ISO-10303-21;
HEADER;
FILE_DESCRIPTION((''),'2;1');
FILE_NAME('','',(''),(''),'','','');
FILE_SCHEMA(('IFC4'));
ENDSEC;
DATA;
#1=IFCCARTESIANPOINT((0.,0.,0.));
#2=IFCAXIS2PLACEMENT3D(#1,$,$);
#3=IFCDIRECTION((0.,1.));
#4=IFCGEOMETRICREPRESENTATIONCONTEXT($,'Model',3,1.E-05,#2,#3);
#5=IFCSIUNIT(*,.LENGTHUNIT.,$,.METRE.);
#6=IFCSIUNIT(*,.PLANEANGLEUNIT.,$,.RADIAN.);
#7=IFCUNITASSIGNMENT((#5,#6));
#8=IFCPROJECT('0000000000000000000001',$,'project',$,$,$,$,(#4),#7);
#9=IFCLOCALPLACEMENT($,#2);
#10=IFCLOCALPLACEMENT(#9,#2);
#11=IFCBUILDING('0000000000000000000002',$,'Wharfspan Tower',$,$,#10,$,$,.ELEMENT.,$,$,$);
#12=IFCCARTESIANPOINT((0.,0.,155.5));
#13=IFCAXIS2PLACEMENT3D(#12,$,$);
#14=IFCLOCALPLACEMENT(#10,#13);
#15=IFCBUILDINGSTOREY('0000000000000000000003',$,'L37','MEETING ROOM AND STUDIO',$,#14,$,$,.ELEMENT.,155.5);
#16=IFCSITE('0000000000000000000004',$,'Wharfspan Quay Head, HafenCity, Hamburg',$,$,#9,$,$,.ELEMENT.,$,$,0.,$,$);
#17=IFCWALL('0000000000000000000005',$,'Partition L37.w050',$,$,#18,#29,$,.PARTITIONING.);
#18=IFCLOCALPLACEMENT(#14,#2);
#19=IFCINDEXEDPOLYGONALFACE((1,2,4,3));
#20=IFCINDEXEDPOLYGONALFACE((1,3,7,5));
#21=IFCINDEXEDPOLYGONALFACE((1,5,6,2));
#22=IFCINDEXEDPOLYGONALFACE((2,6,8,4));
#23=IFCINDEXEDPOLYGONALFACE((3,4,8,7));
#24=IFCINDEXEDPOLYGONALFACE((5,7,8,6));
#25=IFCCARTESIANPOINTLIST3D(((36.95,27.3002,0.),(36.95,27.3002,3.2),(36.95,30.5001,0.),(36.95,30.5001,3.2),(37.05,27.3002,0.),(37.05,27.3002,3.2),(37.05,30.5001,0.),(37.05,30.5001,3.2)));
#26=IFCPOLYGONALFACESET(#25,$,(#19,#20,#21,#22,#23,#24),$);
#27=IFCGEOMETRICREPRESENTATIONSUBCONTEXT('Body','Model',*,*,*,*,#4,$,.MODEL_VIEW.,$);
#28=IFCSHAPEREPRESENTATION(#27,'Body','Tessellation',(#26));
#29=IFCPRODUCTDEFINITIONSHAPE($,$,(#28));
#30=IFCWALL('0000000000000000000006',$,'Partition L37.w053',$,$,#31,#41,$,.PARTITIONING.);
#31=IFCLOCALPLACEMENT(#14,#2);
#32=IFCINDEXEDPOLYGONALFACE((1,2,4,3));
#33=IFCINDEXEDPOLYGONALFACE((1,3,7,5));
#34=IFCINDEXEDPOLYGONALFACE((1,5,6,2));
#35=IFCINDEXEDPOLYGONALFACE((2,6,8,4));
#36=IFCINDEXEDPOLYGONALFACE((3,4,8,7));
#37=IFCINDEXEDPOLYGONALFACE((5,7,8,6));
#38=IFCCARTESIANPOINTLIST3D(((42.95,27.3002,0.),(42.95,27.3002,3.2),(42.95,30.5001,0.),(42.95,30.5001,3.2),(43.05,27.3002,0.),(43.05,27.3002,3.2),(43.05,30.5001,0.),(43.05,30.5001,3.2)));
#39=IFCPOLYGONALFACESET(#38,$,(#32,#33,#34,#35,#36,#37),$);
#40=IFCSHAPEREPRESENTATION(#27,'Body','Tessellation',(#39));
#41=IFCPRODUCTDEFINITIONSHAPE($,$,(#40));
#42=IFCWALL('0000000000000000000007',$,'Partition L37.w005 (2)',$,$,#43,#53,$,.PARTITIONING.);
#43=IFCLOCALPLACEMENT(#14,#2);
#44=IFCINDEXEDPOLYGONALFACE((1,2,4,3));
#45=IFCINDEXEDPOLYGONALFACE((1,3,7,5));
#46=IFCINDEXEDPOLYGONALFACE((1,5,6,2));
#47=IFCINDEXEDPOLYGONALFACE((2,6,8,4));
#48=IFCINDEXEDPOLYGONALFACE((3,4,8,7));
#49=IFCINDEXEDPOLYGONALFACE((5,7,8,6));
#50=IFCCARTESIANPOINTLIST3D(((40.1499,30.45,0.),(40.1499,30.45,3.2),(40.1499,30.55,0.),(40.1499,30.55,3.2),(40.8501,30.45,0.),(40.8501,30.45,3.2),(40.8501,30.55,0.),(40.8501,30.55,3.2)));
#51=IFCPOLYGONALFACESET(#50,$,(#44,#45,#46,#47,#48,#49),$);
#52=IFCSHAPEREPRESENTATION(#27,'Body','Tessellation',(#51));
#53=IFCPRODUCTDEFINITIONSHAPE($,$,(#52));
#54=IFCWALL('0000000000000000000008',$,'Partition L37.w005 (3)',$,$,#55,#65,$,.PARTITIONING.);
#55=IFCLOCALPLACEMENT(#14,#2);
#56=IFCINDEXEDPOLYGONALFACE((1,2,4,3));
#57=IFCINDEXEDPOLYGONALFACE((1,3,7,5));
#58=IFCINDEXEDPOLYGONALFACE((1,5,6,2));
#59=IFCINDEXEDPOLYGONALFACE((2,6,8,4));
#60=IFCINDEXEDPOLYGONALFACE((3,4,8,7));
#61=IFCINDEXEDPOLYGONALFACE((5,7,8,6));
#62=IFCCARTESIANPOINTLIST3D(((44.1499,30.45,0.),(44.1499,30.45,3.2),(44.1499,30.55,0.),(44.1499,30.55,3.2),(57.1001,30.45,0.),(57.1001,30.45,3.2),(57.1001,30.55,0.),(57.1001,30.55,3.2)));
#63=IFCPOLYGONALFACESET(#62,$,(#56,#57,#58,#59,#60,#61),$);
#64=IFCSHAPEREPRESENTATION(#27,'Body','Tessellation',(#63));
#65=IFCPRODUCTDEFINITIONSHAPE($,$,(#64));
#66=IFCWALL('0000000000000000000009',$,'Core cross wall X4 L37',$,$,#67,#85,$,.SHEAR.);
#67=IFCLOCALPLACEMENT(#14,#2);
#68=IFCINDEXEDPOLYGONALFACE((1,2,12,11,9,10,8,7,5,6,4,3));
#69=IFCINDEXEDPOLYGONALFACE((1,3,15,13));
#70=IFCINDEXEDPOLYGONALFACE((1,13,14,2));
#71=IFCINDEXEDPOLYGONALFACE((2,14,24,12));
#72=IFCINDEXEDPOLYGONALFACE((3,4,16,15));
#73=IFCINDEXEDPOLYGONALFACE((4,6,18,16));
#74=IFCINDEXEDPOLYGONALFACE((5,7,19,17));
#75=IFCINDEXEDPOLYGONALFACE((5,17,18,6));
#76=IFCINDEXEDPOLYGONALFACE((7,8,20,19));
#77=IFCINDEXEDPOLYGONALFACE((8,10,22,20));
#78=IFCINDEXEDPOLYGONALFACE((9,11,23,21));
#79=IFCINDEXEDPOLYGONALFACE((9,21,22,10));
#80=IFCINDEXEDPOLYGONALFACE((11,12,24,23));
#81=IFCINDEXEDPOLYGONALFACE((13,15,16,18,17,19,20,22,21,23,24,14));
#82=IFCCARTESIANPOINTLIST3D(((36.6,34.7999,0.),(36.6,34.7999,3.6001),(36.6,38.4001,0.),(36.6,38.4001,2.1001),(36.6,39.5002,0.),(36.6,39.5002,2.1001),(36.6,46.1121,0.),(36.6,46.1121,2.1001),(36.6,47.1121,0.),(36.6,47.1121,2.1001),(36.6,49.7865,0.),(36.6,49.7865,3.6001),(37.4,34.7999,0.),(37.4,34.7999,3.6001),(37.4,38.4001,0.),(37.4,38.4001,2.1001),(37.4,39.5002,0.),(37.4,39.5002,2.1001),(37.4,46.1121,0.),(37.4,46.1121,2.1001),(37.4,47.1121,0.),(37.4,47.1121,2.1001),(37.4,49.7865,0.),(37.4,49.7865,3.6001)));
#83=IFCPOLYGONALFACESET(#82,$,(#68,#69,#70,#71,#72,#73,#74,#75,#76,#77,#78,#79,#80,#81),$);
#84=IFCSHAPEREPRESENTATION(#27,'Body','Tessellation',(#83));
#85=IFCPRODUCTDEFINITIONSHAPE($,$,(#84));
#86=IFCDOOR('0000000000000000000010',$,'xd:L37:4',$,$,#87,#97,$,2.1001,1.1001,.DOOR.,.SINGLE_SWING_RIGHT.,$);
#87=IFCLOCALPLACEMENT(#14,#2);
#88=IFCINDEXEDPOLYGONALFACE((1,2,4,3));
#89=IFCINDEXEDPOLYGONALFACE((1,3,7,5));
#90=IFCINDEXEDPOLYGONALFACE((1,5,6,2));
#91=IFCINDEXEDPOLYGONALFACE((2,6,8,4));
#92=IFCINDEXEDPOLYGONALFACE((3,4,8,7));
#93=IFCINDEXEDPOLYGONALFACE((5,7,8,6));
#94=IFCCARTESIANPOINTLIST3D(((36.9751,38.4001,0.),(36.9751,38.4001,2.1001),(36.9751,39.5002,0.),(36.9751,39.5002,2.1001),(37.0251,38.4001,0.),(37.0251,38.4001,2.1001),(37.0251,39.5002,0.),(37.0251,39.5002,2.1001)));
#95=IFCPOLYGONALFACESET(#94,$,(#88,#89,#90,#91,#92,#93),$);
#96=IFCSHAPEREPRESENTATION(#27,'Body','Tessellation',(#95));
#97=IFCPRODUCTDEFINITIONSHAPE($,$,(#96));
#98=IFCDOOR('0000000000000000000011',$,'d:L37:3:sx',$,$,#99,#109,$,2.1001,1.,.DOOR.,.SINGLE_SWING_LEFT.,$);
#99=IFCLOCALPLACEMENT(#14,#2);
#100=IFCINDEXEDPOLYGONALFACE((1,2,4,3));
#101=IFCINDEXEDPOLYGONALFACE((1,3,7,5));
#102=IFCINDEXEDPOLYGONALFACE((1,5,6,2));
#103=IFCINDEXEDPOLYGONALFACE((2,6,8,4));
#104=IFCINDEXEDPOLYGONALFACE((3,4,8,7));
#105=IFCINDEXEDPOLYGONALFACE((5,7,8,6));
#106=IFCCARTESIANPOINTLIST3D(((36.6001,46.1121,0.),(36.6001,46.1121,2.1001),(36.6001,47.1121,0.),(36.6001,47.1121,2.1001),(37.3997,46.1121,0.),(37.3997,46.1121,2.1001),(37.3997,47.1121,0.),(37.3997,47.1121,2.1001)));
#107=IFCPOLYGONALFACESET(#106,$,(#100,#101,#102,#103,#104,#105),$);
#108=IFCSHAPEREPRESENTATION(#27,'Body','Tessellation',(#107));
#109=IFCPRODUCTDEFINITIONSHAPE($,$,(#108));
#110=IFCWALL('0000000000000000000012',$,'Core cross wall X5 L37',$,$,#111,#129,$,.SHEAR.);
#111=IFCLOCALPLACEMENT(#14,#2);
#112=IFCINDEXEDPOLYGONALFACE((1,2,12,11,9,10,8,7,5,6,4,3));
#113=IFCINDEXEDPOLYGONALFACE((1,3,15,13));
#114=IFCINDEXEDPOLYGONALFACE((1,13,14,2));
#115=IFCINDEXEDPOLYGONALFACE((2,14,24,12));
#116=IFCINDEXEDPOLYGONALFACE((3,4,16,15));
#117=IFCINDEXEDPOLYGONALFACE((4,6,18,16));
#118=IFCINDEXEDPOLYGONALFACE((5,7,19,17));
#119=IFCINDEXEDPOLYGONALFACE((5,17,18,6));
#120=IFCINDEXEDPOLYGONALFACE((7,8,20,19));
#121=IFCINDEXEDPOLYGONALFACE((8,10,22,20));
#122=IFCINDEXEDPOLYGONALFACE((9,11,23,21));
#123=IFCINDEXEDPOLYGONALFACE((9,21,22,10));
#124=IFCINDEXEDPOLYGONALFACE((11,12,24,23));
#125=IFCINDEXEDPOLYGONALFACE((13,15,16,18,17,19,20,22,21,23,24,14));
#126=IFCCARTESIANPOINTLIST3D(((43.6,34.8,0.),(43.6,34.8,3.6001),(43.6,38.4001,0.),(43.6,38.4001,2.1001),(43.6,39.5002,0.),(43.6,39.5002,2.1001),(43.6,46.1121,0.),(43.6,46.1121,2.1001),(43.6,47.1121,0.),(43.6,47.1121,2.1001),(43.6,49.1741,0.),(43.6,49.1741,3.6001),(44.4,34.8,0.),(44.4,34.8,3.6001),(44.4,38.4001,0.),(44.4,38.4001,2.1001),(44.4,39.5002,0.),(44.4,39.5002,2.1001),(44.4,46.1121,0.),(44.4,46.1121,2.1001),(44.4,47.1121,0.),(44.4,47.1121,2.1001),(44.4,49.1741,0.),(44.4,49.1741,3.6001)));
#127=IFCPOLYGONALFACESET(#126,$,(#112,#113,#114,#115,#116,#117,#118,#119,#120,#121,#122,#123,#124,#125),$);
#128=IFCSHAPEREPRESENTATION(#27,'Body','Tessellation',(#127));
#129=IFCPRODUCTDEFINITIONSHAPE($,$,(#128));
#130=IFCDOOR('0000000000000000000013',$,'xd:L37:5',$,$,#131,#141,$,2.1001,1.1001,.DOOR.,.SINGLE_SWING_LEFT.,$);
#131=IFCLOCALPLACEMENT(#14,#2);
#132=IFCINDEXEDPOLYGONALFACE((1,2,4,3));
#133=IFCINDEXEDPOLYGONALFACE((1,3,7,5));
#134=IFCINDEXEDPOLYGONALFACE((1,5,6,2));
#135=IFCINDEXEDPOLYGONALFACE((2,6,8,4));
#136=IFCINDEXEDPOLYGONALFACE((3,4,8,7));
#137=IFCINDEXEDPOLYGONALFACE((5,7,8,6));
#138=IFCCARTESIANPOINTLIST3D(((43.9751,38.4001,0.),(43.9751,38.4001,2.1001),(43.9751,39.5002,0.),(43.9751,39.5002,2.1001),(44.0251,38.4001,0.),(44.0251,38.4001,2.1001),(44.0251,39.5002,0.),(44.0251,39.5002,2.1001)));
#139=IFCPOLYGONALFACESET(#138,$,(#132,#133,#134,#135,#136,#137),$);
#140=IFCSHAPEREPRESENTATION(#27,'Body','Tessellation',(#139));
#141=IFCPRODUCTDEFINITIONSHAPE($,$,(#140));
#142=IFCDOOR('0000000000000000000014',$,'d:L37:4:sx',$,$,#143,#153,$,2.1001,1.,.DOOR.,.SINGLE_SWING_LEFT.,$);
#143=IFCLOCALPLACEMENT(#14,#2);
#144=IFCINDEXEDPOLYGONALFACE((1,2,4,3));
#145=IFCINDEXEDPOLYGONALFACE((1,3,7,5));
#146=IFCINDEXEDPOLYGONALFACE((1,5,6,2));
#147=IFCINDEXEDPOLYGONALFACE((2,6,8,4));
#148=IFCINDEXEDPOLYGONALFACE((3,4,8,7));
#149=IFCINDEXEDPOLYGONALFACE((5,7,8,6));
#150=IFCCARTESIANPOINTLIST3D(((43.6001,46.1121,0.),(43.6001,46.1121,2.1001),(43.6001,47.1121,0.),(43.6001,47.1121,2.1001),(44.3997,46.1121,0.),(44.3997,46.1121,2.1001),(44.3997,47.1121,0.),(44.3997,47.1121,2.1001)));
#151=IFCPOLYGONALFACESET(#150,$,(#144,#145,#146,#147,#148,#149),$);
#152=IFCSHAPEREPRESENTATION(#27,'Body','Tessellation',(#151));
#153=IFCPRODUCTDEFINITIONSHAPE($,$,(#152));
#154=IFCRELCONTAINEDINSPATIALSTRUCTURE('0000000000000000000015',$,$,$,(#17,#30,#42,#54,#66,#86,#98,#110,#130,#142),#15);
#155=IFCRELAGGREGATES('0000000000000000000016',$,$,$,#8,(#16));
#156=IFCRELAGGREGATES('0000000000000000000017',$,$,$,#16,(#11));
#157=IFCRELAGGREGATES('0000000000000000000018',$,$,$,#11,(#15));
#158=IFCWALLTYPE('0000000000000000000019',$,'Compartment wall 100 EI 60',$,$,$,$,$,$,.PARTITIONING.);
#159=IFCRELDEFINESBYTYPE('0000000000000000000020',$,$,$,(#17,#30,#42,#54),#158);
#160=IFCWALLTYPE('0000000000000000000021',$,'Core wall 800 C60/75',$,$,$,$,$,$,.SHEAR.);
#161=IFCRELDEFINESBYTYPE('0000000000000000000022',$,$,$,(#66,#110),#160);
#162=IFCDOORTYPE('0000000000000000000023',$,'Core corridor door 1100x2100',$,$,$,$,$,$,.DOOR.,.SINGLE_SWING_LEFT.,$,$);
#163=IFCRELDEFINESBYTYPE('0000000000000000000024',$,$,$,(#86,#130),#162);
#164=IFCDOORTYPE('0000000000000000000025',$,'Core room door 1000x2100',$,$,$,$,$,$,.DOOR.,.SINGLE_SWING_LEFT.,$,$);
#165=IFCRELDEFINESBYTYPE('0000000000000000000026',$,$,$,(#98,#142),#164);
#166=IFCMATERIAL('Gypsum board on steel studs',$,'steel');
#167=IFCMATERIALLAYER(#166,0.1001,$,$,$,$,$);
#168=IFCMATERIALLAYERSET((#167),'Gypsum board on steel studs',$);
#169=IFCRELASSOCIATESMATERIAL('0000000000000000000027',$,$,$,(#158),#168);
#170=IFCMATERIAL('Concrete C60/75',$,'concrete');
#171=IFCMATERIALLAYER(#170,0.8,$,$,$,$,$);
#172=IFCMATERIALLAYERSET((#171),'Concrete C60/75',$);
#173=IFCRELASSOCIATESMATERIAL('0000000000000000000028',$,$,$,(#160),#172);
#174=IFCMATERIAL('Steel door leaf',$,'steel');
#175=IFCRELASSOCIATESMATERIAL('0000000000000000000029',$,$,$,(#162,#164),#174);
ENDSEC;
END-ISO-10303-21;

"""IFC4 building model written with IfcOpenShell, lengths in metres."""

from ifc_helpers import new_model, si_unit, direction, frame, frame_2d, origin, place, context, subcontext, project, spatial, rectangle, extrude, material, layer, layer_set, type_object, element, fill, save


model = new_model("IFC4")

# Units and contexts
model_context = context("Model", 3, precision=1e-05, world=origin(), true_north=direction((0.0, 1.0)))
body_context = subcontext(model_context, "Body", "Model", "MODEL_VIEW")
ifc_project = project(units=[si_unit("LENGTHUNIT", "METRE"), si_unit("PLANEANGLEUNIT", "RADIAN")], contexts=[model_context])

# Site, building, storey
site_placement = place(None, origin())
site = spatial("IfcSite", under=ifc_project, at=site_placement, Name="Wharfspan Quay Head, HafenCity, Hamburg", CompositionType="ELEMENT", RefElevation=0.0)
building_placement = place(site_placement, origin())
building = spatial("IfcBuilding", under=site, at=building_placement, Name="Wharfspan Tower", CompositionType="ELEMENT")
storey_placement = place(building_placement, frame((0.0, 0.0, 155.5)))
storey = spatial("IfcBuildingStorey", under=building, at=storey_placement, Name="L37", Description="MEETING ROOM AND STUDIO", CompositionType="ELEMENT", Elevation=155.5)

# Walls
ifc_material_1 = material(Name="Gypsum board on steel studs", Category="steel")
ifc_layer_1 = layer(ifc_material_1, 0.1001)
ifc_layer_set_1 = layer_set([ifc_layer_1], Name="Gypsum board on steel studs")
wall_type_1 = type_object("IfcWallType", Name="Compartment wall 100 EI 60", PredefinedType="PARTITIONING", material=ifc_layer_set_1)
for number, where, z_axis, x_axis, name in (
    (1, (37.0, 27.3, 0.0), (0.0, 0.0, 1.0), (0.0, 1.0, 0.0), "Partition L37.w050"),
    (2, (43.0, 27.3, 0.0), (0.0, 0.0, 1.0), (0.0, 1.0, 0.0), "Partition L37.w053"),
):
    element("IfcWall", number, at=place(storey_placement, frame(where, z_axis=z_axis, x_axis=x_axis)), inside=storey, type_object=wall_type_1, Name=name, PredefinedType="PARTITIONING", context=body_context, shape_type="SweptSolid", body=[
        extrude(rectangle(XDim=3.2, YDim=0.1001, at=frame_2d((1.6001, 0.0))), origin(), (0.0, 0.0, 1.0), 3.2),
    ])
wall_1_placement = place(storey_placement, frame((40.1499, 30.5, 0.0), z_axis=(0.0, 0.0, 1.0), x_axis=(1.0, 0.0, 0.0)))
element("IfcWall", 3, at=wall_1_placement, inside=storey, type_object=wall_type_1, Name="Partition L37.w005 (2)", PredefinedType="PARTITIONING", context=body_context, shape_type="SweptSolid", body=[
    extrude(rectangle(XDim=0.7002, YDim=0.1001, at=frame_2d((0.3501, 0.0))), origin(), (0.0, 0.0, 1.0), 3.2),
])
wall_2_placement = place(storey_placement, frame((44.1499, 30.5, 0.0), z_axis=(0.0, 0.0, 1.0), x_axis=(1.0, 0.0, 0.0)))
element("IfcWall", 4, at=wall_2_placement, inside=storey, type_object=wall_type_1, Name="Partition L37.w005 (3)", PredefinedType="PARTITIONING", context=body_context, shape_type="SweptSolid", body=[
    extrude(rectangle(XDim=12.9502, YDim=0.1001, at=frame_2d((6.4751, 0.0))), origin(), (0.0, 0.0, 1.0), 3.2),
])

# Walls, openings, doors
ifc_material_2 = material(Name="Concrete C60/75", Category="concrete")
ifc_layer_2 = layer(ifc_material_2, 0.8)
ifc_layer_set_2 = layer_set([ifc_layer_2], Name="Concrete C60/75")
wall_type_2 = type_object("IfcWallType", Name="Core wall 800 C60/75", PredefinedType="SHEAR", material=ifc_layer_set_2)
wall_3_placement = place(storey_placement, frame((37.0, 34.8, 0.0), z_axis=(0.0, 0.0, 1.0), x_axis=(0.0, 1.0, 0.0)))
wall_3 = element("IfcWall", 5, at=wall_3_placement, inside=storey, type_object=wall_type_2, Name="Core cross wall X4 L37", PredefinedType="SHEAR", context=body_context, shape_type="SweptSolid", body=[
    extrude(rectangle(XDim=14.9866, YDim=0.8, at=frame_2d((7.4932, 0.0))), origin(), (0.0, 0.0, 1.0), 3.6001),
])
opening_1_placement = place(wall_3_placement, frame((11.312, 0.0, 0.0)))
opening_1 = element("IfcOpeningElement", 6, at=opening_1_placement, cuts=wall_3, PredefinedType="OPENING", context=body_context, shape_type="SweptSolid", body=[
    extrude(rectangle(XDim=1.0, YDim=2.1001, at=frame_2d((0.5, 1.05))), frame((0.0, 0.4099, 0.0), z_axis=(0.0, -1.0, 0.0), x_axis=(1.0, 0.0, 0.0)), (0.0, 0.0, 1.0), 0.8201),
])
opening_2_placement = place(wall_3_placement, frame((3.6001, 0.0, 0.0)))
opening_2 = element("IfcOpeningElement", 7, at=opening_2_placement, cuts=wall_3, PredefinedType="OPENING", context=body_context, shape_type="SweptSolid", body=[
    extrude(rectangle(XDim=1.1001, YDim=2.1001, at=frame_2d((0.55, 1.05))), frame((0.0, 0.4099, 0.0), z_axis=(0.0, -1.0, 0.0), x_axis=(1.0, 0.0, 0.0)), (0.0, 0.0, 1.0), 0.8201),
])
ifc_material_3 = material(Name="Steel door leaf", Category="steel")
door_type_1 = type_object("IfcDoorType", Name="Core corridor door 1100x2100", OperationType="SINGLE_SWING_LEFT", PredefinedType="DOOR", material=ifc_material_3)
door_1_placement = place(opening_2_placement, origin())
door_1 = element("IfcDoor", 8, at=door_1_placement, inside=storey, type_object=door_type_1, Name="xd:L37:4", OperationType="SINGLE_SWING_RIGHT", OverallHeight=2.1001, OverallWidth=1.1001, PredefinedType="DOOR", context=body_context, shape_type="SweptSolid", body=[
    extrude(rectangle(XDim=1.1001, YDim=2.1001, at=frame_2d((0.55, 1.05))), frame((0.0, 0.0249, 0.0), z_axis=(0.0, -1.0, 0.0), x_axis=(1.0, 0.0, 0.0)), (0.0, 0.0, 1.0), 0.05),
])
fill(opening_2, door_1)
door_type_2 = type_object("IfcDoorType", Name="Core room door 1000x2100", OperationType="SINGLE_SWING_LEFT", PredefinedType="DOOR", material=ifc_material_3)
door_2_placement = place(opening_1_placement, origin())
door_2 = element("IfcDoor", 9, at=door_2_placement, inside=storey, type_object=door_type_2, Name="d:L37:3:sx", OperationType="SINGLE_SWING_LEFT", OverallHeight=2.1001, OverallWidth=1.0, PredefinedType="DOOR", context=body_context, shape_type="SweptSolid", body=[
    extrude(rectangle(XDim=1.0, YDim=2.1001, at=frame_2d((0.5, 1.05))), frame((0.0, 0.3999, 0.0), z_axis=(0.0, -1.0, 0.0), x_axis=(1.0, 0.0, 0.0)), (0.0, 0.0, 1.0), 0.7996),
])
fill(opening_1, door_2)
wall_4_placement = place(storey_placement, frame((44.0, 34.8, 0.0), z_axis=(0.0, 0.0, 1.0), x_axis=(0.0, 1.0, 0.0)))
wall_4 = element("IfcWall", 10, at=wall_4_placement, inside=storey, type_object=wall_type_2, Name="Core cross wall X5 L37", PredefinedType="SHEAR", context=body_context, shape_type="SweptSolid", body=[
    extrude(rectangle(XDim=14.374, YDim=0.8, at=frame_2d((7.187, 0.0))), origin(), (0.0, 0.0, 1.0), 3.6001),
])
opening_3_placement = place(wall_4_placement, frame((11.312, 0.0, 0.0)))
opening_3 = element("IfcOpeningElement", 11, at=opening_3_placement, cuts=wall_4, PredefinedType="OPENING", context=body_context, shape_type="SweptSolid", body=[
    extrude(rectangle(XDim=1.0, YDim=2.1001, at=frame_2d((0.5, 1.05))), frame((0.0, 0.4099, 0.0), z_axis=(0.0, -1.0, 0.0), x_axis=(1.0, 0.0, 0.0)), (0.0, 0.0, 1.0), 0.8201),
])
opening_4_placement = place(wall_4_placement, frame((3.6001, 0.0, 0.0)))
opening_4 = element("IfcOpeningElement", 12, at=opening_4_placement, cuts=wall_4, PredefinedType="OPENING", context=body_context, shape_type="SweptSolid", body=[
    extrude(rectangle(XDim=1.1001, YDim=2.1001, at=frame_2d((0.55, 1.05))), frame((0.0, 0.4099, 0.0), z_axis=(0.0, -1.0, 0.0), x_axis=(1.0, 0.0, 0.0)), (0.0, 0.0, 1.0), 0.8201),
])
door_3_placement = place(opening_4_placement, origin())
door_3 = element("IfcDoor", 13, at=door_3_placement, inside=storey, type_object=door_type_1, Name="xd:L37:5", OperationType="SINGLE_SWING_LEFT", OverallHeight=2.1001, OverallWidth=1.1001, PredefinedType="DOOR", context=body_context, shape_type="SweptSolid", body=[
    extrude(rectangle(XDim=1.1001, YDim=2.1001, at=frame_2d((0.55, 1.05))), frame((0.0, 0.0249, 0.0), z_axis=(0.0, -1.0, 0.0), x_axis=(1.0, 0.0, 0.0)), (0.0, 0.0, 1.0), 0.05),
])
fill(opening_4, door_3)
door_4_placement = place(opening_3_placement, origin())
door_4 = element("IfcDoor", 14, at=door_4_placement, inside=storey, type_object=door_type_2, Name="d:L37:4:sx", OperationType="SINGLE_SWING_LEFT", OverallHeight=2.1001, OverallWidth=1.0, PredefinedType="DOOR", context=body_context, shape_type="SweptSolid", body=[
    extrude(rectangle(XDim=1.0, YDim=2.1001, at=frame_2d((0.5, 1.05))), frame((0.0, 0.3999, 0.0), z_axis=(0.0, -1.0, 0.0), x_axis=(1.0, 0.0, 0.0)), (0.0, 0.0, 1.0), 0.7996),
])
fill(opening_3, door_4)

save(model, "model.ifc")
